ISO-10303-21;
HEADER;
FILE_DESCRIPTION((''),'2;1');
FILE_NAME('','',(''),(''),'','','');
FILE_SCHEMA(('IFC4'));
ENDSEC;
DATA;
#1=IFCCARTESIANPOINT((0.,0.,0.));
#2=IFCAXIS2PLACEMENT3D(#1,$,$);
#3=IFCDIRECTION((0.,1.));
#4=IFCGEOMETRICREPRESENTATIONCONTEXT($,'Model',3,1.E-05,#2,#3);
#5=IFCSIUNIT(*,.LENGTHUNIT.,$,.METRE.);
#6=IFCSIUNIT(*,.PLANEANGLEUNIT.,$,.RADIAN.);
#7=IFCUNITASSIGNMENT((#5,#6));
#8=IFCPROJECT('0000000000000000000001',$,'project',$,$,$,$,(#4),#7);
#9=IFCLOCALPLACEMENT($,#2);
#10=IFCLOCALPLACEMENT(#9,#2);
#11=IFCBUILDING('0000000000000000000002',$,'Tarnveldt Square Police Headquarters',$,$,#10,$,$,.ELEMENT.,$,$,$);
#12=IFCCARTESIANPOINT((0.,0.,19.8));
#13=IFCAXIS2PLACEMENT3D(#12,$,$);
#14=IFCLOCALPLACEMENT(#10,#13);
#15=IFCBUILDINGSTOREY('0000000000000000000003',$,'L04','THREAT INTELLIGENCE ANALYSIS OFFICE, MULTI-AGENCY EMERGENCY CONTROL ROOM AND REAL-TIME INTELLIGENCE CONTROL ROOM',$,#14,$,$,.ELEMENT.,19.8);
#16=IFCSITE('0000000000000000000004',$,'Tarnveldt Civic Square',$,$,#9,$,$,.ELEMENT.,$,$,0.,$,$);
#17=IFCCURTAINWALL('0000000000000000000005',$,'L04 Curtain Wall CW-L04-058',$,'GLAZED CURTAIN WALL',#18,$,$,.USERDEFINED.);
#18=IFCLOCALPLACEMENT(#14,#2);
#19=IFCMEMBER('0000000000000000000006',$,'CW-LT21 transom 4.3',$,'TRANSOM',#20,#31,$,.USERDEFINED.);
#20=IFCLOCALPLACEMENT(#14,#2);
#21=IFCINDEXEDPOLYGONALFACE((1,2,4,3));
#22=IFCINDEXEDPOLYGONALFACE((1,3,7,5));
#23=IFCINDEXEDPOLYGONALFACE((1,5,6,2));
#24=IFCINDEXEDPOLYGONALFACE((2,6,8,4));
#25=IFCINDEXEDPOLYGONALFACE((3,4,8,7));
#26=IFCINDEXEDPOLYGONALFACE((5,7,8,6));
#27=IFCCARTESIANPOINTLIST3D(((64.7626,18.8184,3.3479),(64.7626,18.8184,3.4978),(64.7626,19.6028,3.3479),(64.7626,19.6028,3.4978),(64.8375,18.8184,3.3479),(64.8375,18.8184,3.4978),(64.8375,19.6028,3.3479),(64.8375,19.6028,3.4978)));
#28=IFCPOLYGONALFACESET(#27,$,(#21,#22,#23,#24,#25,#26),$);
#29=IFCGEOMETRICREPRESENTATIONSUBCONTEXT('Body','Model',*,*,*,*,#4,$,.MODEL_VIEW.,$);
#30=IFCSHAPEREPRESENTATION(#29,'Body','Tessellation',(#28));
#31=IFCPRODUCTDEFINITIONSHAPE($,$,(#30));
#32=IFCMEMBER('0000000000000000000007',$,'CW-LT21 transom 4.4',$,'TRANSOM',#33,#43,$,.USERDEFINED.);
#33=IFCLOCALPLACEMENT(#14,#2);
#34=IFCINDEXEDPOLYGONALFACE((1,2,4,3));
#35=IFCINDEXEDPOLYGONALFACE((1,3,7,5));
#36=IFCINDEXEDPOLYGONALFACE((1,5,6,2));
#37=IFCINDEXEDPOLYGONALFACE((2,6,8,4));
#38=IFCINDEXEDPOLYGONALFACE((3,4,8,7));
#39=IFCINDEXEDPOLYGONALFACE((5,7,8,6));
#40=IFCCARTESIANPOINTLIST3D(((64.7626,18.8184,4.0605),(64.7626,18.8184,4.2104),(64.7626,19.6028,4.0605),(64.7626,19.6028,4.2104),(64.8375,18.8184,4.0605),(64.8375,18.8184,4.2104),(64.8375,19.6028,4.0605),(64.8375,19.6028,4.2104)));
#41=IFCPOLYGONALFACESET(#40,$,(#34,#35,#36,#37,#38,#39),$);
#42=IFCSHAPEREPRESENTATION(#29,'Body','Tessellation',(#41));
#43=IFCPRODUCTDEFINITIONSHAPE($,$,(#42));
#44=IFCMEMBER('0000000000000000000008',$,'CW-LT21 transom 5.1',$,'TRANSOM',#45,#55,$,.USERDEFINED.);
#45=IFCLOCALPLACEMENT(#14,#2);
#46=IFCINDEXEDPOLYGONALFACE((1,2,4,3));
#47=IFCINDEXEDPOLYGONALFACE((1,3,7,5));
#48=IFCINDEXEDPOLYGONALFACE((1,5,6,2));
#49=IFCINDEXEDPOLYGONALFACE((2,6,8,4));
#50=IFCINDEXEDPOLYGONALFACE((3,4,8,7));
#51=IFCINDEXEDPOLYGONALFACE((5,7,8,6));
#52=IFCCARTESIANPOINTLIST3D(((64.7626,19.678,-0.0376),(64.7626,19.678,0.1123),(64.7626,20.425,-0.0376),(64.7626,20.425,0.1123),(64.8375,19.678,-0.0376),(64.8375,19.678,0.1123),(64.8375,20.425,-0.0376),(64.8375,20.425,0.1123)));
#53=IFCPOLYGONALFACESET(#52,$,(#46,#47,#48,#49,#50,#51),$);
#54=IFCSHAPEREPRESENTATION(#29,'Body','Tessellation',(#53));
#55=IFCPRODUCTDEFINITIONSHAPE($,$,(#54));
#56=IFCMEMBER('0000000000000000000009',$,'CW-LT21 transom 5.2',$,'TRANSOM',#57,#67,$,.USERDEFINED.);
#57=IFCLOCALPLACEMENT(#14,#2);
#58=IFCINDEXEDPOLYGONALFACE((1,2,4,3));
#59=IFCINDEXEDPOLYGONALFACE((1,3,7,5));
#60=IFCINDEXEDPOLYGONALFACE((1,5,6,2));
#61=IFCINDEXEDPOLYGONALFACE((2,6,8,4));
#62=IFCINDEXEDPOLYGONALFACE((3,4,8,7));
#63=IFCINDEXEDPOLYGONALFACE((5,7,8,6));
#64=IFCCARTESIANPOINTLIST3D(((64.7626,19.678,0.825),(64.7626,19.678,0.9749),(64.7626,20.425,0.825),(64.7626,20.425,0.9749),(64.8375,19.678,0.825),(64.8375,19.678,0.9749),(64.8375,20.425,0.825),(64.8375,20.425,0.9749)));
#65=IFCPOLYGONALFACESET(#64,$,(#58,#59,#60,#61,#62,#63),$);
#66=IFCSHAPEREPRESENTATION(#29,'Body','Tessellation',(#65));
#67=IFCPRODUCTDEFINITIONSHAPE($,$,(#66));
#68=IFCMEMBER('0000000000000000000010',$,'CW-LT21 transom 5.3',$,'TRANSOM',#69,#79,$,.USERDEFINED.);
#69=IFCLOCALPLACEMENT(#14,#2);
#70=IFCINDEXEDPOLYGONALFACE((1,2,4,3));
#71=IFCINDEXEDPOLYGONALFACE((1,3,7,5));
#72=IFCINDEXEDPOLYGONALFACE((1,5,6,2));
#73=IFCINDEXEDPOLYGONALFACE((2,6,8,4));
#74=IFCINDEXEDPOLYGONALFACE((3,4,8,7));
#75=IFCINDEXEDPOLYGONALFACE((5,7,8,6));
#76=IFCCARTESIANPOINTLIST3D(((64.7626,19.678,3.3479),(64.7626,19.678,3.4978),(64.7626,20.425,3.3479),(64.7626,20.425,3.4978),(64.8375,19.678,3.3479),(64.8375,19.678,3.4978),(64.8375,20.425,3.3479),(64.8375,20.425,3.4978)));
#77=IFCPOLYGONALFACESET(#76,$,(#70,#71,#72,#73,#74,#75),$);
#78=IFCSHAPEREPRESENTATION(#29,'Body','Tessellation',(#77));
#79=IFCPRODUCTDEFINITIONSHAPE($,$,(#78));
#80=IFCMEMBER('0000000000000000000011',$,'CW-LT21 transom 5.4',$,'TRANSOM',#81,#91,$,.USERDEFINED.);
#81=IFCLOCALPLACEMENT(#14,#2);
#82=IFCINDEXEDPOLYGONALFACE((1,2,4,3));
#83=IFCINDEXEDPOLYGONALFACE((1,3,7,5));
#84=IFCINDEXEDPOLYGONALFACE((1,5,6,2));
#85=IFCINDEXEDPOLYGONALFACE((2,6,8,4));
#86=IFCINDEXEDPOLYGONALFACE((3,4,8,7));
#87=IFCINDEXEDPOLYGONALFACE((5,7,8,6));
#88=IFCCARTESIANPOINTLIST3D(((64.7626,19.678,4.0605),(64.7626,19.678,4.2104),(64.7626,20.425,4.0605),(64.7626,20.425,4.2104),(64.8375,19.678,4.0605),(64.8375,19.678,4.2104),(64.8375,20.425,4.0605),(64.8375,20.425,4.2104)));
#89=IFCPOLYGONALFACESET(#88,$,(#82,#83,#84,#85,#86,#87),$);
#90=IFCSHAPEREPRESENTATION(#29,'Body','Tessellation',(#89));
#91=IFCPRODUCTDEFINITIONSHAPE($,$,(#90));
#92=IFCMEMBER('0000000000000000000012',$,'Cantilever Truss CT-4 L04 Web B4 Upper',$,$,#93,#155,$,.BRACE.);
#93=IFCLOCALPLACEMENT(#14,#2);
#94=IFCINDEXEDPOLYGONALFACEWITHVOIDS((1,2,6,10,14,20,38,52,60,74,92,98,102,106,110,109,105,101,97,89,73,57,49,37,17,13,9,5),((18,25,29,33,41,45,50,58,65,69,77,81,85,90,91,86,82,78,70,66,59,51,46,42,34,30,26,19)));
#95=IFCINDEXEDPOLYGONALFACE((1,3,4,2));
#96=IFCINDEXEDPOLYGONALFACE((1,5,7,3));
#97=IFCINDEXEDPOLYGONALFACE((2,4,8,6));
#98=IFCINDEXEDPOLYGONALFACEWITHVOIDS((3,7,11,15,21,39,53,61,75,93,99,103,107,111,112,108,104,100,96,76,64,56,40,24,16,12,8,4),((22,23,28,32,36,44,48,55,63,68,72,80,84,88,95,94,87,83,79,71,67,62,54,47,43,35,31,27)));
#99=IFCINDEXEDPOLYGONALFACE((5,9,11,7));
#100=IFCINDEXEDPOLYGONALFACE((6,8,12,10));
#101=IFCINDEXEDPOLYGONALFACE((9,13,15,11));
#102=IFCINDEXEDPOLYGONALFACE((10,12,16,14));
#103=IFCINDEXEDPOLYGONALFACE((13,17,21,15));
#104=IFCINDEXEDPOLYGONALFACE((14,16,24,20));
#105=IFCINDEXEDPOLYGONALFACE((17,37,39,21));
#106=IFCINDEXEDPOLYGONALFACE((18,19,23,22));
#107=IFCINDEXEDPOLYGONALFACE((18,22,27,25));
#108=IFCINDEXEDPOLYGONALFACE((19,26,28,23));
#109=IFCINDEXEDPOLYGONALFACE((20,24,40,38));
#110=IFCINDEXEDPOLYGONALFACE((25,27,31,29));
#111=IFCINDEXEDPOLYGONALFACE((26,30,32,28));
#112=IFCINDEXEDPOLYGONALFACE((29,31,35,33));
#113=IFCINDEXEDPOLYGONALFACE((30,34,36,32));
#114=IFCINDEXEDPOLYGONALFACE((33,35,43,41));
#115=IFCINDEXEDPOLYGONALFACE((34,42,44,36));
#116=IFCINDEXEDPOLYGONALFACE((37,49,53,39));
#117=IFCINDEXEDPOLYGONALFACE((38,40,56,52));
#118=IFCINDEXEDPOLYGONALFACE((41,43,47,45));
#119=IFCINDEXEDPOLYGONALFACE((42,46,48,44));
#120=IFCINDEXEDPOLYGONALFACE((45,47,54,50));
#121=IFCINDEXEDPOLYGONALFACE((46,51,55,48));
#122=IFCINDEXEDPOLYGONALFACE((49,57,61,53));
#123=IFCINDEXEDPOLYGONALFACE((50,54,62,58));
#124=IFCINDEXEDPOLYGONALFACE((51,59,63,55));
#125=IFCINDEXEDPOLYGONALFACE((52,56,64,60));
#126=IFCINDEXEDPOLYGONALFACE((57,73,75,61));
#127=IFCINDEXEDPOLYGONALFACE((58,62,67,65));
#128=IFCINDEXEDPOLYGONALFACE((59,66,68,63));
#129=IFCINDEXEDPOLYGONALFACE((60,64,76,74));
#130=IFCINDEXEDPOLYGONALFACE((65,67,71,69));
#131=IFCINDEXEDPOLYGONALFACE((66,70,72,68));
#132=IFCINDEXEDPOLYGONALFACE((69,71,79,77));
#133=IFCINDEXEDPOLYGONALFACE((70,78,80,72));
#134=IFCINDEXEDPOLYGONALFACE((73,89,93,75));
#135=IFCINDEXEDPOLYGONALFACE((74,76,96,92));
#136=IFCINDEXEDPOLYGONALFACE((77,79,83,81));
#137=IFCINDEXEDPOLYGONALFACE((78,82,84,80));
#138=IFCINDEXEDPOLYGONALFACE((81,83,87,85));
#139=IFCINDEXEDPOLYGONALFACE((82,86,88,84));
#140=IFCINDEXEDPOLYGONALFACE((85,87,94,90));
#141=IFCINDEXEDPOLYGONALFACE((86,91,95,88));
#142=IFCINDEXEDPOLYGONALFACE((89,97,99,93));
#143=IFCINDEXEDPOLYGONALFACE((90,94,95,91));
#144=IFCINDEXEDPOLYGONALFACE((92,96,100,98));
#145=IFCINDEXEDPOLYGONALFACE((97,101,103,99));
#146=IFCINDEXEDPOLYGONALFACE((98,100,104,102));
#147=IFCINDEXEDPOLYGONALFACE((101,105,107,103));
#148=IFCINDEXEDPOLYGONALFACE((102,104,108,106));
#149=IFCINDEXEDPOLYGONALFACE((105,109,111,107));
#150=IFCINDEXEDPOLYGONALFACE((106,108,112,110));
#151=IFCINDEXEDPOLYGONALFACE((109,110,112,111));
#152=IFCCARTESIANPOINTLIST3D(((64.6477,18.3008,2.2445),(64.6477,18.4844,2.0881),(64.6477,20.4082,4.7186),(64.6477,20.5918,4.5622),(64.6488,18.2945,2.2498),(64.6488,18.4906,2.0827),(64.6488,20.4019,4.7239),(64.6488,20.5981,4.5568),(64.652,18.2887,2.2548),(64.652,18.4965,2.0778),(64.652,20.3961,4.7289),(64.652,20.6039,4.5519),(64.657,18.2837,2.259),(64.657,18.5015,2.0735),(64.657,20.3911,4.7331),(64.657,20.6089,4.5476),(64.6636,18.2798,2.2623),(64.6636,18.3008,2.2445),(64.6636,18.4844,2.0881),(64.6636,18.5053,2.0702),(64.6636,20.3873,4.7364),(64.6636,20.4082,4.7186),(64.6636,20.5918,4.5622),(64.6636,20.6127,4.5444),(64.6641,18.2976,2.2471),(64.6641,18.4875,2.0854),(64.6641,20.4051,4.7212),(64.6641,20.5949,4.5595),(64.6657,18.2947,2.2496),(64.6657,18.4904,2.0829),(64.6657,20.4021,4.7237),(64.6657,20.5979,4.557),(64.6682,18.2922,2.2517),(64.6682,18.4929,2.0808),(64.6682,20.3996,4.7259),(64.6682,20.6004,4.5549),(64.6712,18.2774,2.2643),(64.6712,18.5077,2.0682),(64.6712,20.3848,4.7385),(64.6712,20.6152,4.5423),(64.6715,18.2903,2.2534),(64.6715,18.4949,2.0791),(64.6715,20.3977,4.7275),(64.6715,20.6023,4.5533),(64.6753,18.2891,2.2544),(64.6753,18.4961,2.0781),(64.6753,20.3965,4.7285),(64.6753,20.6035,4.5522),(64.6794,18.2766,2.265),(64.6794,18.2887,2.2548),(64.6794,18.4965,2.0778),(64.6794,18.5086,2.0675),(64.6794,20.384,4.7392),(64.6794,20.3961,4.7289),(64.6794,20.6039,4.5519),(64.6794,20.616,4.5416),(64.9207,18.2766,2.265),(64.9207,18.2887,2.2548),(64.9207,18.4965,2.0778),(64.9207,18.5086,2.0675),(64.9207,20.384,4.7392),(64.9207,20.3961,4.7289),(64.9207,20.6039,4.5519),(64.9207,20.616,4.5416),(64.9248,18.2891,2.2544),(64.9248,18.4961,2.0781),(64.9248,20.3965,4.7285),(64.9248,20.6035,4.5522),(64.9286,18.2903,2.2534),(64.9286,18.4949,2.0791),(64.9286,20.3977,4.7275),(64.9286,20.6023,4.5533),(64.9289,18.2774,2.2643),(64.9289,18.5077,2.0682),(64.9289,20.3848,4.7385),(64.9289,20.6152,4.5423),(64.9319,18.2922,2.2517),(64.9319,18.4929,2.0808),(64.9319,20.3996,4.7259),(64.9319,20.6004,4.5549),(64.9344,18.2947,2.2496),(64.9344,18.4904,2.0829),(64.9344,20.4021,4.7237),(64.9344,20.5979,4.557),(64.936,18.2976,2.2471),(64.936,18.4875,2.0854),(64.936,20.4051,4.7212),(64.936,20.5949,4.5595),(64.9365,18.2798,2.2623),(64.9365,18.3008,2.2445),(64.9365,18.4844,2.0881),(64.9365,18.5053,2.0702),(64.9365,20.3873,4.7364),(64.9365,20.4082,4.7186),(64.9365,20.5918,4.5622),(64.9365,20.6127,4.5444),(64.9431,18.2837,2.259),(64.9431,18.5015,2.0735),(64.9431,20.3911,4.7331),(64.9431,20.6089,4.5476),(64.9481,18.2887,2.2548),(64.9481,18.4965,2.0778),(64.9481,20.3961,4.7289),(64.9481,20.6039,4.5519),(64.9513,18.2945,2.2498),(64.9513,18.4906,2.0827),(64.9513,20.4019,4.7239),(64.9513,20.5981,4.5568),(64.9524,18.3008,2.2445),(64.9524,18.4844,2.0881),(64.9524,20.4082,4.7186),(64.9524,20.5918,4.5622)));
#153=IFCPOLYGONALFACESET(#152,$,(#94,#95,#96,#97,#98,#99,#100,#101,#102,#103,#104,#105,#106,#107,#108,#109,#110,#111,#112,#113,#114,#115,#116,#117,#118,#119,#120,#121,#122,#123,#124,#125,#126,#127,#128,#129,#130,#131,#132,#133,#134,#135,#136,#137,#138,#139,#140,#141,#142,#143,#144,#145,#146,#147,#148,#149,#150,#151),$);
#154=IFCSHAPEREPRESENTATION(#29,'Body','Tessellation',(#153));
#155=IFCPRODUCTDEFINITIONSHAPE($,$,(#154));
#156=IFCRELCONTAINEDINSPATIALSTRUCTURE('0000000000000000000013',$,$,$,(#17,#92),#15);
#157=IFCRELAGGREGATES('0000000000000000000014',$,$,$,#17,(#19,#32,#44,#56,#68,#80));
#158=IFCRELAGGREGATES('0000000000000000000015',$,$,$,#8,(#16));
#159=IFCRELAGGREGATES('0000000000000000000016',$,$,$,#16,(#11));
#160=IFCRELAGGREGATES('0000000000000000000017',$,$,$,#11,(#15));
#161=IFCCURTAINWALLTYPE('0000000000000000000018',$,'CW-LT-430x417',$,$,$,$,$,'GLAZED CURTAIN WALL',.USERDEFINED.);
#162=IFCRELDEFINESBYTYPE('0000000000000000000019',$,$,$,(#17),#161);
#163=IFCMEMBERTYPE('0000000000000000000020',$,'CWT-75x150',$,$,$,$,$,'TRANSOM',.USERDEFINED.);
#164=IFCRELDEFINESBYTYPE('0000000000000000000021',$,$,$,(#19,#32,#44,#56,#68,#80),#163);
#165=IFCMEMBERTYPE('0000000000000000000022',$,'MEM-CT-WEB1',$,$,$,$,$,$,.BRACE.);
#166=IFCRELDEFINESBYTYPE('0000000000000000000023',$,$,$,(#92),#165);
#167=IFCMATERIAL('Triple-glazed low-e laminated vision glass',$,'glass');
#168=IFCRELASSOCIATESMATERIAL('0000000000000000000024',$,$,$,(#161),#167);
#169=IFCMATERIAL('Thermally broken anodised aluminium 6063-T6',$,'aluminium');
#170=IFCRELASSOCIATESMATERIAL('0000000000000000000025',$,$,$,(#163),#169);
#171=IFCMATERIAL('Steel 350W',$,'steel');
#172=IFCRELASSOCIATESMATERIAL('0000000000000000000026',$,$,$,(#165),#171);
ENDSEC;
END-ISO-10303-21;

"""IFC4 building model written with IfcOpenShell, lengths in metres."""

from ifc_helpers import new_model, si_unit, direction, frame, origin, origin_2d, place, context, subcontext, project, spatial, rectangle, hollow_rectangle, extrude, material, material_profile, profile_set, type_object, element, aggregate, save


model = new_model("IFC4")

# Units and contexts
model_context = context("Model", 3, precision=1e-05, world=origin(), true_north=direction((0.0, 1.0)))
body_context = subcontext(model_context, "Body", "Model", "MODEL_VIEW")
ifc_project = project(units=[si_unit("LENGTHUNIT", "METRE"), si_unit("PLANEANGLEUNIT", "RADIAN")], contexts=[model_context])

# Site, building, storey
site_placement = place(None, origin())
site = spatial("IfcSite", under=ifc_project, at=site_placement, Name="Tarnveldt Civic Square", CompositionType="ELEMENT", RefElevation=0.0)
building_placement = place(site_placement, origin())
building = spatial("IfcBuilding", under=site, at=building_placement, Name="Tarnveldt Square Police Headquarters", CompositionType="ELEMENT")
storey_placement = place(building_placement, frame((0.0, 0.0, 19.8)))
storey = spatial("IfcBuildingStorey", under=building, at=storey_placement, Name="L04", Description="THREAT INTELLIGENCE ANALYSIS OFFICE, MULTI-AGENCY EMERGENCY CONTROL ROOM AND REAL-TIME INTELLIGENCE CONTROL ROOM", CompositionType="ELEMENT", Elevation=19.8)

# Curtain wall, members
ifc_material_1 = material(Name="Triple-glazed low-e laminated vision glass", Category="glass")
curtain_wall_type = type_object("IfcCurtainWallType", Name="CW-LT-430x417", ElementType="GLAZED CURTAIN WALL", PredefinedType="USERDEFINED", material=ifc_material_1)
curtain_wall_placement = place(storey_placement, origin())
curtain_wall = element("IfcCurtainWall", 1, at=curtain_wall_placement, inside=storey, type_object=curtain_wall_type, Name="L04 Curtain Wall CW-L04-058", ObjectType="GLAZED CURTAIN WALL", PredefinedType="USERDEFINED")
ifc_material_2 = material(Name="Thermally broken anodised aluminium 6063-T6", Category="aluminium")
ifc_material_profile_1 = material_profile(ifc_material_2, rectangle(XDim=0.075, YDim=0.1499, at=origin_2d()), Name="CW-T75x150")
ifc_profile_set_1 = profile_set([ifc_material_profile_1], Name="Thermally broken anodised aluminium 6063-T6")
member_type_1 = type_object("IfcMemberType", Name="CWT-75x150", ElementType="TRANSOM", PredefinedType="USERDEFINED", material=ifc_profile_set_1)
member_1_placement = place(storey_placement, frame((64.8, 18.8184, 3.4229), z_axis=(0.0, 1.0, 0.0), x_axis=(-1.0, 0.0, 0.0)))
member_1 = element("IfcMember", 2, at=member_1_placement, type_object=member_type_1, Name="CW-LT21 transom 4.3", ObjectType="TRANSOM", PredefinedType="USERDEFINED", context=body_context, shape_type="SweptSolid", body=[
    extrude(rectangle(XDim=0.075, YDim=0.1499, at=origin_2d()), origin(), (0.0, 0.0, 1.0), 0.7844),
])
member_2_placement = place(storey_placement, frame((64.8, 18.8184, 4.1355), z_axis=(0.0, 1.0, 0.0), x_axis=(-1.0, 0.0, 0.0)))
member_2 = element("IfcMember", 3, at=member_2_placement, type_object=member_type_1, Name="CW-LT21 transom 4.4", ObjectType="TRANSOM", PredefinedType="USERDEFINED", context=body_context, shape_type="SweptSolid", body=[
    extrude(rectangle(XDim=0.075, YDim=0.1499, at=origin_2d()), origin(), (0.0, 0.0, 1.0), 0.7844),
])
member_3_placement = place(storey_placement, frame((64.8, 19.678, 0.0374), z_axis=(0.0, 1.0, 0.0), x_axis=(-1.0, 0.0, 0.0)))
member_3 = element("IfcMember", 4, at=member_3_placement, type_object=member_type_1, Name="CW-LT21 transom 5.1", ObjectType="TRANSOM", PredefinedType="USERDEFINED", context=body_context, shape_type="SweptSolid", body=[
    extrude(rectangle(XDim=0.075, YDim=0.1499, at=origin_2d()), origin(), (0.0, 0.0, 1.0), 0.7471),
])
member_4_placement = place(storey_placement, frame((64.8, 19.678, 0.8999), z_axis=(0.0, 1.0, 0.0), x_axis=(-1.0, 0.0, 0.0)))
member_4 = element("IfcMember", 5, at=member_4_placement, type_object=member_type_1, Name="CW-LT21 transom 5.2", ObjectType="TRANSOM", PredefinedType="USERDEFINED", context=body_context, shape_type="SweptSolid", body=[
    extrude(rectangle(XDim=0.075, YDim=0.1499, at=origin_2d()), origin(), (0.0, 0.0, 1.0), 0.7471),
])
member_5_placement = place(storey_placement, frame((64.8, 19.678, 3.4229), z_axis=(0.0, 1.0, 0.0), x_axis=(-1.0, 0.0, 0.0)))
member_5 = element("IfcMember", 6, at=member_5_placement, type_object=member_type_1, Name="CW-LT21 transom 5.3", ObjectType="TRANSOM", PredefinedType="USERDEFINED", context=body_context, shape_type="SweptSolid", body=[
    extrude(rectangle(XDim=0.075, YDim=0.1499, at=origin_2d()), origin(), (0.0, 0.0, 1.0), 0.7471),
])
member_6_placement = place(storey_placement, frame((64.8, 19.678, 4.1355), z_axis=(0.0, 1.0, 0.0), x_axis=(-1.0, 0.0, 0.0)))
member_6 = element("IfcMember", 7, at=member_6_placement, type_object=member_type_1, Name="CW-LT21 transom 5.4", ObjectType="TRANSOM", PredefinedType="USERDEFINED", context=body_context, shape_type="SweptSolid", body=[
    extrude(rectangle(XDim=0.075, YDim=0.1499, at=origin_2d()), origin(), (0.0, 0.0, 1.0), 0.7471),
])

# Member
ifc_material_3 = material(Name="Steel 350W", Category="steel")
ifc_material_profile_2 = material_profile(ifc_material_3, hollow_rectangle(XDim=0.3047, YDim=0.3047, WallThickness=0.0159, InnerFilletRadius=0.0159, OuterFilletRadius=0.0317, at=origin_2d()), Name="HSS305x305x16")
ifc_profile_set_2 = profile_set([ifc_material_profile_2], Name="Steel 350W")
member_type_2 = type_object("IfcMemberType", Name="MEM-CT-WEB1", PredefinedType="BRACE", material=ifc_profile_set_2)
member_7_placement = place(storey_placement, frame((64.8, 18.3926, 2.1663), z_axis=(0.0, 0.648437, 0.761268), x_axis=(-1.0, 0.0, 0.0)))
element("IfcMember", 8, at=member_7_placement, inside=storey, type_object=member_type_2, Name="Cantilever Truss CT-4 L04 Web B4 Upper", PredefinedType="BRACE", context=body_context, shape_type="SweptSolid", body=[
    extrude(hollow_rectangle(XDim=0.3047, YDim=0.3047, WallThickness=0.0159, InnerFilletRadius=0.0159, OuterFilletRadius=0.0317, at=origin_2d()), origin(), (0.0, 0.0, 1.0), 3.25),
])

aggregate(curtain_wall, [member_1, member_2, member_3, member_4, member_5, member_6])

save(model, "model.ifc")
